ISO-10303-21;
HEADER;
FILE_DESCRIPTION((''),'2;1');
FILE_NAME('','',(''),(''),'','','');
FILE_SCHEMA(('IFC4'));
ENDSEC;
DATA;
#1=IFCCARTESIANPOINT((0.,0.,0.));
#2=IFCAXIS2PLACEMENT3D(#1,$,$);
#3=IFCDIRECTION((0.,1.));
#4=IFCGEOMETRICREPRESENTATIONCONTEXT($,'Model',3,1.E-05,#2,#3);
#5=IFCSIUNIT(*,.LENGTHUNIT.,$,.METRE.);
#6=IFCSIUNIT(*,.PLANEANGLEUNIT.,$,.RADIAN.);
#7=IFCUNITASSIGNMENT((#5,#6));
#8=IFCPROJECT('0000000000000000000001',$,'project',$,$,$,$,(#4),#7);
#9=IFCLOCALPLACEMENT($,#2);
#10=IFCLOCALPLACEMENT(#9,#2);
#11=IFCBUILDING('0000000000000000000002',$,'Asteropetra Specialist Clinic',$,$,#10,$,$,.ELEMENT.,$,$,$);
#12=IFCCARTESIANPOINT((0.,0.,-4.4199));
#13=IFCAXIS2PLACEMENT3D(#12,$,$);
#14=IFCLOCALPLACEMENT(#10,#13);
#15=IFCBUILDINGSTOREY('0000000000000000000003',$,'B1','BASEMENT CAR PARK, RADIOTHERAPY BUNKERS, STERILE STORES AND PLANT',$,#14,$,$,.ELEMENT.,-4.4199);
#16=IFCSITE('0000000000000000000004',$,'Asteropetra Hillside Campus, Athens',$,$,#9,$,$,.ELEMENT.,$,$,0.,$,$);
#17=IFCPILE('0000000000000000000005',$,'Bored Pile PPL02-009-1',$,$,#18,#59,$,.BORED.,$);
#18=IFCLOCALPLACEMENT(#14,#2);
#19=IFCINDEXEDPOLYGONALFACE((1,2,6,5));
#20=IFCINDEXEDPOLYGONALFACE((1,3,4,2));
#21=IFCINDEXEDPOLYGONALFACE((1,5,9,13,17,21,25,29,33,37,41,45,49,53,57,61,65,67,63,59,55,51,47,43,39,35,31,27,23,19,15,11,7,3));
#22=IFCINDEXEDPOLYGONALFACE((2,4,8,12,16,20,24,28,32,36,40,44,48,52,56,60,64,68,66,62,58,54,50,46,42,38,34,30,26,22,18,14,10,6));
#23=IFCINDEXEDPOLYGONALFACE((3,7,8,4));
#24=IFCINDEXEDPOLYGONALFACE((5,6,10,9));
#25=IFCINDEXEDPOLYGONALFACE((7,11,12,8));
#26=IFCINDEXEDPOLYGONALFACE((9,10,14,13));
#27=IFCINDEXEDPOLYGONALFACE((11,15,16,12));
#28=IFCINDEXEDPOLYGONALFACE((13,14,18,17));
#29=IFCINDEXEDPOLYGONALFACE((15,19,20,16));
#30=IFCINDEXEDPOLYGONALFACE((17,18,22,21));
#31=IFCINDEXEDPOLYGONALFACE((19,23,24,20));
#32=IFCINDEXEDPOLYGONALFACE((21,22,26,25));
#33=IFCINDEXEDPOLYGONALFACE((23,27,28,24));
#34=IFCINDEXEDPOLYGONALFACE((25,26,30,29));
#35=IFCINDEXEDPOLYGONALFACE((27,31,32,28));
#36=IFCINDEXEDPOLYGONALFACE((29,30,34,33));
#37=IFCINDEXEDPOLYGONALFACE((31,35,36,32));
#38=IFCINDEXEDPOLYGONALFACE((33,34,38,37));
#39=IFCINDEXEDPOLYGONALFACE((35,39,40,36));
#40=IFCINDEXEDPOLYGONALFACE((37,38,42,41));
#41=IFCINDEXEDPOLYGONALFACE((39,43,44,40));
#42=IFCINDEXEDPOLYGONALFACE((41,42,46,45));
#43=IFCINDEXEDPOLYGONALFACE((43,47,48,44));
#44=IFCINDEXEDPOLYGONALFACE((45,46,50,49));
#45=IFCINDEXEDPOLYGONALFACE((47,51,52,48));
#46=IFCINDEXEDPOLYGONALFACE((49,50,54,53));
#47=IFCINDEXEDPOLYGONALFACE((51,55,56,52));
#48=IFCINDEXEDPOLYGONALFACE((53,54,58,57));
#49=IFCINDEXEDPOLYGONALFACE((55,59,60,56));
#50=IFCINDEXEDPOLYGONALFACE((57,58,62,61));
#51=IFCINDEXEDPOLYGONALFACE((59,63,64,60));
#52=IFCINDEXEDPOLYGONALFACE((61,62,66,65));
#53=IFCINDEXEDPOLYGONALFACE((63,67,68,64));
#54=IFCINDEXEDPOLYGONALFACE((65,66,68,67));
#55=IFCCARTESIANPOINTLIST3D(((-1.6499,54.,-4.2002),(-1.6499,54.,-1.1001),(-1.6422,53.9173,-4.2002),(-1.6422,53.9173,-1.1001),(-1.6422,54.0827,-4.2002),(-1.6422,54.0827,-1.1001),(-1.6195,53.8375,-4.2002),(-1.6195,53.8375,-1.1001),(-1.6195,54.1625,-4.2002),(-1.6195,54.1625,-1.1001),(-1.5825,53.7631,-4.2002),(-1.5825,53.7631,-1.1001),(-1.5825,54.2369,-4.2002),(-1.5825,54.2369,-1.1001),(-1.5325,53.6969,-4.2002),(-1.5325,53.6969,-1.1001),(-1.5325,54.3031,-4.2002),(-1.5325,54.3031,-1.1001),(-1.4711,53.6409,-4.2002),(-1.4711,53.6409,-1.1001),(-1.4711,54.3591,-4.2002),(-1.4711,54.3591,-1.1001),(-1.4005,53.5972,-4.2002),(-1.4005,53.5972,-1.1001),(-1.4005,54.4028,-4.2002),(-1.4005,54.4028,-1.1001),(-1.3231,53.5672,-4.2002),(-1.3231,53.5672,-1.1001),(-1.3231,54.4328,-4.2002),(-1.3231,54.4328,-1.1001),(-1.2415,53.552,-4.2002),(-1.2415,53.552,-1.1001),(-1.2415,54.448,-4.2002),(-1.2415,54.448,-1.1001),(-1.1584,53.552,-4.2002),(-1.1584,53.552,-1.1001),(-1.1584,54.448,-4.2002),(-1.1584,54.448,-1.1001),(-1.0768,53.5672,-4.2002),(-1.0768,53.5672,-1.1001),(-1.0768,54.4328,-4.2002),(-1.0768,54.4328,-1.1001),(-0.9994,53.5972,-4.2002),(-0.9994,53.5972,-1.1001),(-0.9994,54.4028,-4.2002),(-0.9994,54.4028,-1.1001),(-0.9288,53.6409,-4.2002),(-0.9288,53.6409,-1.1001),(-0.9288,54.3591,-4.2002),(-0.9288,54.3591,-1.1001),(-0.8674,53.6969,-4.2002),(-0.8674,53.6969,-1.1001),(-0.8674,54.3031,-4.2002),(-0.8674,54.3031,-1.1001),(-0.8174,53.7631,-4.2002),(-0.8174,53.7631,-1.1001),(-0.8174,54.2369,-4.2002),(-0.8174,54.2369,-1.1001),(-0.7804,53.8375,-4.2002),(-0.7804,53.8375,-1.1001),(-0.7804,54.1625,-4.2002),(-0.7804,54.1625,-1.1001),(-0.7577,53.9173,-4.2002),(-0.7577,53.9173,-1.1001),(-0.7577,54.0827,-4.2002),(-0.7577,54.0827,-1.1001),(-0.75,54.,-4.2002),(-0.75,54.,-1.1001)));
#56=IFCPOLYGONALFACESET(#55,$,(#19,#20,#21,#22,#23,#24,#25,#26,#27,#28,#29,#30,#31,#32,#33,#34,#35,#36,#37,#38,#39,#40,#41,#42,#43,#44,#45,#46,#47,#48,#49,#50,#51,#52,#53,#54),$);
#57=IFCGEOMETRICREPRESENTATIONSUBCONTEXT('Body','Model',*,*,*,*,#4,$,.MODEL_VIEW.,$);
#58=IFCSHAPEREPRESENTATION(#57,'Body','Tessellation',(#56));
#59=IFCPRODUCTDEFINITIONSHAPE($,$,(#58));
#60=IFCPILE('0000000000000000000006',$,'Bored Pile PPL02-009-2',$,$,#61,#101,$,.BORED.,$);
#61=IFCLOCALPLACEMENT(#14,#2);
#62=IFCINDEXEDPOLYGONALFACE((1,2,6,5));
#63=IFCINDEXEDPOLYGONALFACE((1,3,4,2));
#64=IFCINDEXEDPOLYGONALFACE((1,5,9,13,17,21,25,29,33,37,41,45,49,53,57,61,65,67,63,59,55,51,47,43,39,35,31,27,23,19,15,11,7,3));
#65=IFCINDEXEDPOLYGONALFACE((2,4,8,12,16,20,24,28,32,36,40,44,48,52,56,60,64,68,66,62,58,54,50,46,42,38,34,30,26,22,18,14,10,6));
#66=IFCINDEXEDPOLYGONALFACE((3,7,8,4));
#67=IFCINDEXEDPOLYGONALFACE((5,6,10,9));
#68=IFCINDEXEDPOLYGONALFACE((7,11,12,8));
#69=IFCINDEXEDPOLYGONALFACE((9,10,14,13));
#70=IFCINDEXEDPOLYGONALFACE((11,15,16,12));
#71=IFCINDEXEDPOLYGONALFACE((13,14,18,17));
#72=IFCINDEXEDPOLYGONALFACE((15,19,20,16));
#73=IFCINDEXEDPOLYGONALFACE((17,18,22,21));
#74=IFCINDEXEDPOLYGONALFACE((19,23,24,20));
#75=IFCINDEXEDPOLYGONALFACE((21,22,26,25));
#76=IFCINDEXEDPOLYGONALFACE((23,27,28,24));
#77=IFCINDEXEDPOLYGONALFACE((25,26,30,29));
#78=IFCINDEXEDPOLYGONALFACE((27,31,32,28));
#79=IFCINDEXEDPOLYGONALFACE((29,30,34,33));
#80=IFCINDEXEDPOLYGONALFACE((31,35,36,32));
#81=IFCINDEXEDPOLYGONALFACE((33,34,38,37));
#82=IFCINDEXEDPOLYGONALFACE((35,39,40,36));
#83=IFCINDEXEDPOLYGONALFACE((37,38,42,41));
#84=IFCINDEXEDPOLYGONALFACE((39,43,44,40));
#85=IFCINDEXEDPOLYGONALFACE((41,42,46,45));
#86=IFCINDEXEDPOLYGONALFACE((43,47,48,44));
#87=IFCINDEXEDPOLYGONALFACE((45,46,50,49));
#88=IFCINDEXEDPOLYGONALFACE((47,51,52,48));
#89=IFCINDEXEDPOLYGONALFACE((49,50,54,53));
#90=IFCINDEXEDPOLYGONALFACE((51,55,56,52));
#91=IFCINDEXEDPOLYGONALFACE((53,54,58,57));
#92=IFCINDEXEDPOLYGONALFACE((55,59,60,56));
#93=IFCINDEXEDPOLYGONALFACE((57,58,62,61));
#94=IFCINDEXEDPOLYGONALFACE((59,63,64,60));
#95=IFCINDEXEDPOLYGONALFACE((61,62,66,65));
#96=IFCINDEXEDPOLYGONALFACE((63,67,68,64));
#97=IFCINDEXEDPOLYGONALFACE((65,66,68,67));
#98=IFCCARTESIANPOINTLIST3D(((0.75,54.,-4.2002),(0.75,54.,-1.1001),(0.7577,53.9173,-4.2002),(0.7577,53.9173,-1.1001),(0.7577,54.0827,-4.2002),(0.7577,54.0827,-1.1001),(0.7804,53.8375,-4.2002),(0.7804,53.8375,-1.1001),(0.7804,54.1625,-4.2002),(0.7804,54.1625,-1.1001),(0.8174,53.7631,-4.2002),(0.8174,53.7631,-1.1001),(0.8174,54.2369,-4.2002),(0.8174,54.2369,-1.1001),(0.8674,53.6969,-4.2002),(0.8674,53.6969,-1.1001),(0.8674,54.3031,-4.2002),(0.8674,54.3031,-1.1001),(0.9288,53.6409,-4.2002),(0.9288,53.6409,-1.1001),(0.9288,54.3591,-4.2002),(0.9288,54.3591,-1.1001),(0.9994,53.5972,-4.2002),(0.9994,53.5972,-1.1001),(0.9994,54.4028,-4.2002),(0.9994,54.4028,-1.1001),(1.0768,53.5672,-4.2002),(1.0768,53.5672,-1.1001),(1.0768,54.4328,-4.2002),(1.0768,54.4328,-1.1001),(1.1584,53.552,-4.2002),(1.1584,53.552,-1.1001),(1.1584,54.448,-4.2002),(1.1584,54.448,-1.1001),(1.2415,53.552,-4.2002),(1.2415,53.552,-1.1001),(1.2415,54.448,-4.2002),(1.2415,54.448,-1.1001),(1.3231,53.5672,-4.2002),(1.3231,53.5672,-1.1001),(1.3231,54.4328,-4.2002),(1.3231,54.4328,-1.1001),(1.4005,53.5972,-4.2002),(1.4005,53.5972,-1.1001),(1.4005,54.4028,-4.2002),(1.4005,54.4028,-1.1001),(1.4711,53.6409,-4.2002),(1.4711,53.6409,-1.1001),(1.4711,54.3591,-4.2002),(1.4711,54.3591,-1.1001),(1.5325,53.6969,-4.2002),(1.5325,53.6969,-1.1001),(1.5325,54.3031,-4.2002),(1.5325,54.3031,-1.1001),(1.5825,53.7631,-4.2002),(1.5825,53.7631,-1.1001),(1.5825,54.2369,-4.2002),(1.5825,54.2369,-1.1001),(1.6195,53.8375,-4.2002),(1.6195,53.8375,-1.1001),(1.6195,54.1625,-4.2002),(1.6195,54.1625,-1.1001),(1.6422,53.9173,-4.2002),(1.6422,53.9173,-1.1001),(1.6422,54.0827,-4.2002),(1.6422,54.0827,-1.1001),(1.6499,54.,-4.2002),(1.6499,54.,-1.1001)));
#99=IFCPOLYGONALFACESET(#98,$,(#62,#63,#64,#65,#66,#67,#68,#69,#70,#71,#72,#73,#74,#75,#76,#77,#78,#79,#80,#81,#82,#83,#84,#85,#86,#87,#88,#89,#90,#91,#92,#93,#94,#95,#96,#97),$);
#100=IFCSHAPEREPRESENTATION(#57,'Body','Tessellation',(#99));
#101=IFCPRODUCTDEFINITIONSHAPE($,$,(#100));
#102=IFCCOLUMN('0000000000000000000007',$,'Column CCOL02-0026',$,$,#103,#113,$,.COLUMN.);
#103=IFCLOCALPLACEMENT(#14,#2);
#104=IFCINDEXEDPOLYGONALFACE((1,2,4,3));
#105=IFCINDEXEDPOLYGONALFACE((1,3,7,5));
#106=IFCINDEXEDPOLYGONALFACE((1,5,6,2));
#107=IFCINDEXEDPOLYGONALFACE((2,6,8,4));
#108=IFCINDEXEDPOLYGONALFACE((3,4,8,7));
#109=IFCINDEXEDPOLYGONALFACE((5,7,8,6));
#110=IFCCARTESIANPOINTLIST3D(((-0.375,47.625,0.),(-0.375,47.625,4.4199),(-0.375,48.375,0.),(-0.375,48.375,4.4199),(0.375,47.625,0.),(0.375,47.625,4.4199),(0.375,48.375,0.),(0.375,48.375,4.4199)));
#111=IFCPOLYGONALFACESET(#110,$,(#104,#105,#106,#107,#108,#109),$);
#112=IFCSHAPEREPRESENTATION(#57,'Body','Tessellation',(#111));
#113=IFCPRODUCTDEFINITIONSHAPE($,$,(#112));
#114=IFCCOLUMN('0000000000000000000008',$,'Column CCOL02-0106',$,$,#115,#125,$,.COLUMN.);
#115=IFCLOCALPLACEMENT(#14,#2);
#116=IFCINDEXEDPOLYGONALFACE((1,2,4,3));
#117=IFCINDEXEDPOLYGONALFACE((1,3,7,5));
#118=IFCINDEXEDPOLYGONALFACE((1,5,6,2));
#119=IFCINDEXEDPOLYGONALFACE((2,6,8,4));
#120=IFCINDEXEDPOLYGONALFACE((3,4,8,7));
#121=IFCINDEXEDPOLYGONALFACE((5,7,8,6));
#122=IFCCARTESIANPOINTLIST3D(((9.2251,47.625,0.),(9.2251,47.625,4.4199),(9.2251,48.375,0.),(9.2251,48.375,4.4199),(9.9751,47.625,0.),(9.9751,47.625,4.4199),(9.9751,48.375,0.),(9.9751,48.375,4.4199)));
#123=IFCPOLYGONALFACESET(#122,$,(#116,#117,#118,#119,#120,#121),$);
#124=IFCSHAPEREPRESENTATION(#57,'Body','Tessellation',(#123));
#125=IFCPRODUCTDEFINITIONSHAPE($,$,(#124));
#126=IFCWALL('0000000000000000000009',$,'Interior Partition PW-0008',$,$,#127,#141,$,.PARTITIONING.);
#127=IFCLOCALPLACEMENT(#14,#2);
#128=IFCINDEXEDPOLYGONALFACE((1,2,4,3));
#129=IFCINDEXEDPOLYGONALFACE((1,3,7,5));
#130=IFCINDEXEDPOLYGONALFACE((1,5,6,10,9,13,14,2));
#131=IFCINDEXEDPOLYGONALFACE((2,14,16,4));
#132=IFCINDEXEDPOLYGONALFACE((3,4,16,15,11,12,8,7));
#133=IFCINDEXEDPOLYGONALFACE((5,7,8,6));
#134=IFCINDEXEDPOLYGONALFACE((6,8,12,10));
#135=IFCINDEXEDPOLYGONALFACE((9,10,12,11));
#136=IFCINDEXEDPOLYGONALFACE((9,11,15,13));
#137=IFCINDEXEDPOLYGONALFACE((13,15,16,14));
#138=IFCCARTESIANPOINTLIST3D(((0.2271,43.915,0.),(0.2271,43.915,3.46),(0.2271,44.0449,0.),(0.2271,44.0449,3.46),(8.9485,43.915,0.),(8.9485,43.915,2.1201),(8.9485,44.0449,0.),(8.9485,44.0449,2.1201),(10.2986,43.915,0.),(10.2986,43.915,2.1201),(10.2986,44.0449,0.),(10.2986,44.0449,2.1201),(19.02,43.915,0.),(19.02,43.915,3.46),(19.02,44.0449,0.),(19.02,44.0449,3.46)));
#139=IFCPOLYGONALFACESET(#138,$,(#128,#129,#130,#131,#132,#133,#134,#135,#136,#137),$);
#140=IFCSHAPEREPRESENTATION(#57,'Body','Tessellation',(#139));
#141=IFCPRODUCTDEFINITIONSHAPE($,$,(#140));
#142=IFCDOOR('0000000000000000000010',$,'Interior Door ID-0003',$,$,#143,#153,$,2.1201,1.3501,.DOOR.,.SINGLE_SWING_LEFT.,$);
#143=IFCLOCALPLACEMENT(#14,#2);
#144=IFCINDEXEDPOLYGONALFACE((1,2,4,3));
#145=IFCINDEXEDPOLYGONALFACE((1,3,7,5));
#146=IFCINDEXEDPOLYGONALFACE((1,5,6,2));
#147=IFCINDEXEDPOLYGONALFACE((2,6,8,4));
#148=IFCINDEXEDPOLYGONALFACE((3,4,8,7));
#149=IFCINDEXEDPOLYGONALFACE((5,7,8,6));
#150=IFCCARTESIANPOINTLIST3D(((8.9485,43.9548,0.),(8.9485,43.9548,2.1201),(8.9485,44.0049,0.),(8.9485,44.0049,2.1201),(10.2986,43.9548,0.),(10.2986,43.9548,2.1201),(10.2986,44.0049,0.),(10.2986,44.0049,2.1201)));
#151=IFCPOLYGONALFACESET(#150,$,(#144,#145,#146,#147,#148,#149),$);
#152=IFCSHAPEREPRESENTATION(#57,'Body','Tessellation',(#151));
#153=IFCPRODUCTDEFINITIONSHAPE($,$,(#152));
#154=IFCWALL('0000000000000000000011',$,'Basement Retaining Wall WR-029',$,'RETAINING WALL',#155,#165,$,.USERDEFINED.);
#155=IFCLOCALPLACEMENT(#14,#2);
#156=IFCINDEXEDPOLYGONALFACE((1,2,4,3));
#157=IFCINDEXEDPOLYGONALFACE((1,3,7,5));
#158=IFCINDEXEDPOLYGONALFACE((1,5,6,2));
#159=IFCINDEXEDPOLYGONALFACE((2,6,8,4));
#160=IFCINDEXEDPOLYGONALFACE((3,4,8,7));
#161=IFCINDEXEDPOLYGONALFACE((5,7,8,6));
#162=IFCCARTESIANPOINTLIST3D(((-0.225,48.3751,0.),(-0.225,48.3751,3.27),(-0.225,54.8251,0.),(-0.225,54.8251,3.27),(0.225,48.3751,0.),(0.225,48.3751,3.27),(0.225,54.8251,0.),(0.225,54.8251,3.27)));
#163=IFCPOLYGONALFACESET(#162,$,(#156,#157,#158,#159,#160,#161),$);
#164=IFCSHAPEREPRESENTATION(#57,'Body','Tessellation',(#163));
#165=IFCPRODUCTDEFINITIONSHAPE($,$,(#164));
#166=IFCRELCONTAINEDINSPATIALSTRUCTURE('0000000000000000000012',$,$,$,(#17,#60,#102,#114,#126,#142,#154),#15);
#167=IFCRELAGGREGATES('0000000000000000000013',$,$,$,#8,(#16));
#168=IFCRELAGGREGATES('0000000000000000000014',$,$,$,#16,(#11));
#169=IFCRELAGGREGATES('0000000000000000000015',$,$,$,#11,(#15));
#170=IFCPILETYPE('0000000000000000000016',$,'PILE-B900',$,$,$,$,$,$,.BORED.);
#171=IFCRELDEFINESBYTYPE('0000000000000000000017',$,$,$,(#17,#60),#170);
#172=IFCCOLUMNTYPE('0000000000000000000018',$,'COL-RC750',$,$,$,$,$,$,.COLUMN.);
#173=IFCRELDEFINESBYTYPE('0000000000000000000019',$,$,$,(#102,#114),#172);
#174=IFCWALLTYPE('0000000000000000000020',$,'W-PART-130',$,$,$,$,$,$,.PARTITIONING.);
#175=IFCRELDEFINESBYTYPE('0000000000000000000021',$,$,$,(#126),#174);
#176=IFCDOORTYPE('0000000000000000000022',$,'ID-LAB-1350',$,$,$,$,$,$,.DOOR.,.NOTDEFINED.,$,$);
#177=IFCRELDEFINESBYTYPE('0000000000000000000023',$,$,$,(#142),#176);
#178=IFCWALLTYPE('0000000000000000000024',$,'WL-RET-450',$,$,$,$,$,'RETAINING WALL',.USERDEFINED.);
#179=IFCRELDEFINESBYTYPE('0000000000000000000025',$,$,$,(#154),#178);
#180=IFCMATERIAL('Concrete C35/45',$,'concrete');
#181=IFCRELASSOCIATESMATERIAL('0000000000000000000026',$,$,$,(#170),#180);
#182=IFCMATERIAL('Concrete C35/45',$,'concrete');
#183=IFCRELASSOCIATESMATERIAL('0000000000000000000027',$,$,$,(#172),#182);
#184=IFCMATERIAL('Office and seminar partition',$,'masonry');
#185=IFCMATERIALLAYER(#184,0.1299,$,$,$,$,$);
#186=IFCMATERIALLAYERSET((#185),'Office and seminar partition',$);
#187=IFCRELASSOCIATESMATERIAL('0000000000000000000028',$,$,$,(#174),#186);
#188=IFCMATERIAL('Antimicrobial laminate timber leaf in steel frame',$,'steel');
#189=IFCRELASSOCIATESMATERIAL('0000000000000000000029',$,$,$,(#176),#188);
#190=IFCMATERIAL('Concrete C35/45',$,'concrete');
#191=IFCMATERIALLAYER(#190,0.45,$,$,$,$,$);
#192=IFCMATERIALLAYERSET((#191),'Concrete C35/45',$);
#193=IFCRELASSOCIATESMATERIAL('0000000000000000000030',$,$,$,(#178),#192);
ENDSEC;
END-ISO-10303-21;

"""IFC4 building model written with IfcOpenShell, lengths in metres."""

from ifc_helpers import new_model, si_unit, direction, frame, frame_2d, origin, origin_2d, place, context, subcontext, project, spatial, rectangle, circle, extrude, material, layer, layer_set, material_profile, profile_set, type_object, element, fill, save


model = new_model("IFC4")

# Units and contexts
model_context = context("Model", 3, precision=1e-05, world=origin(), true_north=direction((0.0, 1.0)))
body_context = subcontext(model_context, "Body", "Model", "MODEL_VIEW")
ifc_project = project(units=[si_unit("LENGTHUNIT", "METRE"), si_unit("PLANEANGLEUNIT", "RADIAN")], contexts=[model_context])

# Site, building, storey
site_placement = place(None, origin())
site = spatial("IfcSite", under=ifc_project, at=site_placement, Name="Asteropetra Hillside Campus, Athens", CompositionType="ELEMENT", RefElevation=0.0)
building_placement = place(site_placement, origin())
building = spatial("IfcBuilding", under=site, at=building_placement, Name="Asteropetra Specialist Clinic", CompositionType="ELEMENT")
storey_placement = place(building_placement, frame((0.0, 0.0, -4.4199)))
storey = spatial("IfcBuildingStorey", under=building, at=storey_placement, Name="B1", Description="BASEMENT CAR PARK, RADIOTHERAPY BUNKERS, STERILE STORES AND PLANT", CompositionType="ELEMENT", Elevation=-4.4199)

# Piles
ifc_material_1 = material(Name="Concrete C35/45", Category="concrete")
ifc_material_profile_1 = material_profile(ifc_material_1, circle(Radius=0.45, at=origin_2d()), Name="PILE D900")
ifc_profile_set_1 = profile_set([ifc_material_profile_1], Name="Concrete C35/45")
pile_type_1 = type_object("IfcPileType", Name="PILE-B900", PredefinedType="BORED", material=ifc_profile_set_1)
for number, where, z_axis, x_axis, name in (
    (1, (-1.2, 54.0, -1.1001), (0.0, 0.0, -1.0), (1.0, 0.0, 0.0), "Bored Pile PPL02-009-1"),
    (2, (1.2, 54.0, -1.1001), (0.0, 0.0, -1.0), (1.0, 0.0, 0.0), "Bored Pile PPL02-009-2"),
):
    element("IfcPile", number, at=place(storey_placement, frame(where, z_axis=z_axis, x_axis=x_axis)), inside=storey, type_object=pile_type_1, Name=name, PredefinedType="BORED", context=body_context, shape_type="SweptSolid", body=[
        extrude(circle(Radius=0.45, at=origin_2d()), origin(), (0.0, 0.0, 1.0), 3.1001),
    ])

# Columns
ifc_material_2 = material(Name="Concrete C35/45", Category="concrete")
ifc_material_profile_2 = material_profile(ifc_material_2, rectangle(XDim=0.75, YDim=0.75, at=origin_2d()), Name="RC 750x750")
ifc_profile_set_2 = profile_set([ifc_material_profile_2], Name="Concrete C35/45")
column_type = type_object("IfcColumnType", Name="COL-RC750", PredefinedType="COLUMN", material=ifc_profile_set_2)
for number, where, z_axis, x_axis, name in (
    (3, (0.0, 48.0, 0.0), (0.0, 0.0, 1.0), (1.0, 0.0, 0.0), "Column CCOL02-0026"),
    (4, (9.6001, 48.0, 0.0), (0.0, 0.0, 1.0), (1.0, 0.0, 0.0), "Column CCOL02-0106"),
):
    element("IfcColumn", number, at=place(storey_placement, frame(where, z_axis=z_axis, x_axis=x_axis)), inside=storey, type_object=column_type, Name=name, PredefinedType="COLUMN", context=body_context, shape_type="SweptSolid", body=[
        extrude(rectangle(XDim=0.75, YDim=0.75, at=origin_2d()), origin(), (0.0, 0.0, 1.0), 4.4199),
    ])

# Wall, opening, door
ifc_material_3 = material(Name="Office and seminar partition", Category="masonry")
ifc_layer_1 = layer(ifc_material_3, 0.1299)
ifc_layer_set_1 = layer_set([ifc_layer_1], Name="Office and seminar partition")
wall_type_1 = type_object("IfcWallType", Name="W-PART-130", PredefinedType="PARTITIONING", material=ifc_layer_set_1)
wall_1_placement = place(storey_placement, frame((0.2271, 43.98, 0.0), z_axis=(0.0, 0.0, 1.0), x_axis=(1.0, 0.0, 0.0)))
wall_1 = element("IfcWall", 5, at=wall_1_placement, inside=storey, type_object=wall_type_1, Name="Interior Partition PW-0008", PredefinedType="PARTITIONING", context=body_context, shape_type="SweptSolid", body=[
    extrude(rectangle(XDim=18.793, YDim=0.1299, at=frame_2d((9.3965, 0.0))), origin(), (0.0, 0.0, 1.0), 3.46),
])
opening_placement = place(wall_1_placement, frame((8.7214, 0.0, 0.0)))
opening = element("IfcOpeningElement", 6, at=opening_placement, cuts=wall_1, PredefinedType="OPENING", context=body_context, shape_type="SweptSolid", body=[
    extrude(rectangle(XDim=1.3501, YDim=2.1201, at=frame_2d((0.675, 1.0601))), frame((0.0, 0.075, 0.0), z_axis=(0.0, -1.0, 0.0), x_axis=(1.0, 0.0, 0.0)), (0.0, 0.0, 1.0), 0.1499),
])
ifc_material_4 = material(Name="Antimicrobial laminate timber leaf in steel frame", Category="steel")
door_type = type_object("IfcDoorType", Name="ID-LAB-1350", OperationType="NOTDEFINED", PredefinedType="DOOR", material=ifc_material_4)
door_placement = place(opening_placement, origin())
door = element("IfcDoor", 7, at=door_placement, inside=storey, type_object=door_type, Name="Interior Door ID-0003", OperationType="SINGLE_SWING_LEFT", OverallHeight=2.1201, OverallWidth=1.3501, PredefinedType="DOOR", context=body_context, shape_type="SweptSolid", body=[
    extrude(rectangle(XDim=1.3501, YDim=2.1201, at=frame_2d((0.675, 1.0601))), frame((0.0, 0.0249, 0.0), z_axis=(0.0, -1.0, 0.0), x_axis=(1.0, 0.0, 0.0)), (0.0, 0.0, 1.0), 0.05),
])
fill(opening, door)

# Wall
ifc_material_5 = material(Name="Concrete C35/45", Category="concrete")
ifc_layer_2 = layer(ifc_material_5, 0.45)
ifc_layer_set_2 = layer_set([ifc_layer_2], Name="Concrete C35/45")
wall_type_2 = type_object("IfcWallType", Name="WL-RET-450", ElementType="RETAINING WALL", PredefinedType="USERDEFINED", material=ifc_layer_set_2)
wall_2_placement = place(storey_placement, frame((0.0, 48.375, 0.0), z_axis=(0.0, 0.0, 1.0), x_axis=(0.0, 1.0, 0.0)))
element("IfcWall", 8, at=wall_2_placement, inside=storey, type_object=wall_type_2, Name="Basement Retaining Wall WR-029", ObjectType="RETAINING WALL", PredefinedType="USERDEFINED", context=body_context, shape_type="SweptSolid", body=[
    extrude(rectangle(XDim=6.45, YDim=0.45, at=frame_2d((3.2251, 0.0))), origin(), (0.0, 0.0, 1.0), 3.27),
])

save(model, "model.ifc")
